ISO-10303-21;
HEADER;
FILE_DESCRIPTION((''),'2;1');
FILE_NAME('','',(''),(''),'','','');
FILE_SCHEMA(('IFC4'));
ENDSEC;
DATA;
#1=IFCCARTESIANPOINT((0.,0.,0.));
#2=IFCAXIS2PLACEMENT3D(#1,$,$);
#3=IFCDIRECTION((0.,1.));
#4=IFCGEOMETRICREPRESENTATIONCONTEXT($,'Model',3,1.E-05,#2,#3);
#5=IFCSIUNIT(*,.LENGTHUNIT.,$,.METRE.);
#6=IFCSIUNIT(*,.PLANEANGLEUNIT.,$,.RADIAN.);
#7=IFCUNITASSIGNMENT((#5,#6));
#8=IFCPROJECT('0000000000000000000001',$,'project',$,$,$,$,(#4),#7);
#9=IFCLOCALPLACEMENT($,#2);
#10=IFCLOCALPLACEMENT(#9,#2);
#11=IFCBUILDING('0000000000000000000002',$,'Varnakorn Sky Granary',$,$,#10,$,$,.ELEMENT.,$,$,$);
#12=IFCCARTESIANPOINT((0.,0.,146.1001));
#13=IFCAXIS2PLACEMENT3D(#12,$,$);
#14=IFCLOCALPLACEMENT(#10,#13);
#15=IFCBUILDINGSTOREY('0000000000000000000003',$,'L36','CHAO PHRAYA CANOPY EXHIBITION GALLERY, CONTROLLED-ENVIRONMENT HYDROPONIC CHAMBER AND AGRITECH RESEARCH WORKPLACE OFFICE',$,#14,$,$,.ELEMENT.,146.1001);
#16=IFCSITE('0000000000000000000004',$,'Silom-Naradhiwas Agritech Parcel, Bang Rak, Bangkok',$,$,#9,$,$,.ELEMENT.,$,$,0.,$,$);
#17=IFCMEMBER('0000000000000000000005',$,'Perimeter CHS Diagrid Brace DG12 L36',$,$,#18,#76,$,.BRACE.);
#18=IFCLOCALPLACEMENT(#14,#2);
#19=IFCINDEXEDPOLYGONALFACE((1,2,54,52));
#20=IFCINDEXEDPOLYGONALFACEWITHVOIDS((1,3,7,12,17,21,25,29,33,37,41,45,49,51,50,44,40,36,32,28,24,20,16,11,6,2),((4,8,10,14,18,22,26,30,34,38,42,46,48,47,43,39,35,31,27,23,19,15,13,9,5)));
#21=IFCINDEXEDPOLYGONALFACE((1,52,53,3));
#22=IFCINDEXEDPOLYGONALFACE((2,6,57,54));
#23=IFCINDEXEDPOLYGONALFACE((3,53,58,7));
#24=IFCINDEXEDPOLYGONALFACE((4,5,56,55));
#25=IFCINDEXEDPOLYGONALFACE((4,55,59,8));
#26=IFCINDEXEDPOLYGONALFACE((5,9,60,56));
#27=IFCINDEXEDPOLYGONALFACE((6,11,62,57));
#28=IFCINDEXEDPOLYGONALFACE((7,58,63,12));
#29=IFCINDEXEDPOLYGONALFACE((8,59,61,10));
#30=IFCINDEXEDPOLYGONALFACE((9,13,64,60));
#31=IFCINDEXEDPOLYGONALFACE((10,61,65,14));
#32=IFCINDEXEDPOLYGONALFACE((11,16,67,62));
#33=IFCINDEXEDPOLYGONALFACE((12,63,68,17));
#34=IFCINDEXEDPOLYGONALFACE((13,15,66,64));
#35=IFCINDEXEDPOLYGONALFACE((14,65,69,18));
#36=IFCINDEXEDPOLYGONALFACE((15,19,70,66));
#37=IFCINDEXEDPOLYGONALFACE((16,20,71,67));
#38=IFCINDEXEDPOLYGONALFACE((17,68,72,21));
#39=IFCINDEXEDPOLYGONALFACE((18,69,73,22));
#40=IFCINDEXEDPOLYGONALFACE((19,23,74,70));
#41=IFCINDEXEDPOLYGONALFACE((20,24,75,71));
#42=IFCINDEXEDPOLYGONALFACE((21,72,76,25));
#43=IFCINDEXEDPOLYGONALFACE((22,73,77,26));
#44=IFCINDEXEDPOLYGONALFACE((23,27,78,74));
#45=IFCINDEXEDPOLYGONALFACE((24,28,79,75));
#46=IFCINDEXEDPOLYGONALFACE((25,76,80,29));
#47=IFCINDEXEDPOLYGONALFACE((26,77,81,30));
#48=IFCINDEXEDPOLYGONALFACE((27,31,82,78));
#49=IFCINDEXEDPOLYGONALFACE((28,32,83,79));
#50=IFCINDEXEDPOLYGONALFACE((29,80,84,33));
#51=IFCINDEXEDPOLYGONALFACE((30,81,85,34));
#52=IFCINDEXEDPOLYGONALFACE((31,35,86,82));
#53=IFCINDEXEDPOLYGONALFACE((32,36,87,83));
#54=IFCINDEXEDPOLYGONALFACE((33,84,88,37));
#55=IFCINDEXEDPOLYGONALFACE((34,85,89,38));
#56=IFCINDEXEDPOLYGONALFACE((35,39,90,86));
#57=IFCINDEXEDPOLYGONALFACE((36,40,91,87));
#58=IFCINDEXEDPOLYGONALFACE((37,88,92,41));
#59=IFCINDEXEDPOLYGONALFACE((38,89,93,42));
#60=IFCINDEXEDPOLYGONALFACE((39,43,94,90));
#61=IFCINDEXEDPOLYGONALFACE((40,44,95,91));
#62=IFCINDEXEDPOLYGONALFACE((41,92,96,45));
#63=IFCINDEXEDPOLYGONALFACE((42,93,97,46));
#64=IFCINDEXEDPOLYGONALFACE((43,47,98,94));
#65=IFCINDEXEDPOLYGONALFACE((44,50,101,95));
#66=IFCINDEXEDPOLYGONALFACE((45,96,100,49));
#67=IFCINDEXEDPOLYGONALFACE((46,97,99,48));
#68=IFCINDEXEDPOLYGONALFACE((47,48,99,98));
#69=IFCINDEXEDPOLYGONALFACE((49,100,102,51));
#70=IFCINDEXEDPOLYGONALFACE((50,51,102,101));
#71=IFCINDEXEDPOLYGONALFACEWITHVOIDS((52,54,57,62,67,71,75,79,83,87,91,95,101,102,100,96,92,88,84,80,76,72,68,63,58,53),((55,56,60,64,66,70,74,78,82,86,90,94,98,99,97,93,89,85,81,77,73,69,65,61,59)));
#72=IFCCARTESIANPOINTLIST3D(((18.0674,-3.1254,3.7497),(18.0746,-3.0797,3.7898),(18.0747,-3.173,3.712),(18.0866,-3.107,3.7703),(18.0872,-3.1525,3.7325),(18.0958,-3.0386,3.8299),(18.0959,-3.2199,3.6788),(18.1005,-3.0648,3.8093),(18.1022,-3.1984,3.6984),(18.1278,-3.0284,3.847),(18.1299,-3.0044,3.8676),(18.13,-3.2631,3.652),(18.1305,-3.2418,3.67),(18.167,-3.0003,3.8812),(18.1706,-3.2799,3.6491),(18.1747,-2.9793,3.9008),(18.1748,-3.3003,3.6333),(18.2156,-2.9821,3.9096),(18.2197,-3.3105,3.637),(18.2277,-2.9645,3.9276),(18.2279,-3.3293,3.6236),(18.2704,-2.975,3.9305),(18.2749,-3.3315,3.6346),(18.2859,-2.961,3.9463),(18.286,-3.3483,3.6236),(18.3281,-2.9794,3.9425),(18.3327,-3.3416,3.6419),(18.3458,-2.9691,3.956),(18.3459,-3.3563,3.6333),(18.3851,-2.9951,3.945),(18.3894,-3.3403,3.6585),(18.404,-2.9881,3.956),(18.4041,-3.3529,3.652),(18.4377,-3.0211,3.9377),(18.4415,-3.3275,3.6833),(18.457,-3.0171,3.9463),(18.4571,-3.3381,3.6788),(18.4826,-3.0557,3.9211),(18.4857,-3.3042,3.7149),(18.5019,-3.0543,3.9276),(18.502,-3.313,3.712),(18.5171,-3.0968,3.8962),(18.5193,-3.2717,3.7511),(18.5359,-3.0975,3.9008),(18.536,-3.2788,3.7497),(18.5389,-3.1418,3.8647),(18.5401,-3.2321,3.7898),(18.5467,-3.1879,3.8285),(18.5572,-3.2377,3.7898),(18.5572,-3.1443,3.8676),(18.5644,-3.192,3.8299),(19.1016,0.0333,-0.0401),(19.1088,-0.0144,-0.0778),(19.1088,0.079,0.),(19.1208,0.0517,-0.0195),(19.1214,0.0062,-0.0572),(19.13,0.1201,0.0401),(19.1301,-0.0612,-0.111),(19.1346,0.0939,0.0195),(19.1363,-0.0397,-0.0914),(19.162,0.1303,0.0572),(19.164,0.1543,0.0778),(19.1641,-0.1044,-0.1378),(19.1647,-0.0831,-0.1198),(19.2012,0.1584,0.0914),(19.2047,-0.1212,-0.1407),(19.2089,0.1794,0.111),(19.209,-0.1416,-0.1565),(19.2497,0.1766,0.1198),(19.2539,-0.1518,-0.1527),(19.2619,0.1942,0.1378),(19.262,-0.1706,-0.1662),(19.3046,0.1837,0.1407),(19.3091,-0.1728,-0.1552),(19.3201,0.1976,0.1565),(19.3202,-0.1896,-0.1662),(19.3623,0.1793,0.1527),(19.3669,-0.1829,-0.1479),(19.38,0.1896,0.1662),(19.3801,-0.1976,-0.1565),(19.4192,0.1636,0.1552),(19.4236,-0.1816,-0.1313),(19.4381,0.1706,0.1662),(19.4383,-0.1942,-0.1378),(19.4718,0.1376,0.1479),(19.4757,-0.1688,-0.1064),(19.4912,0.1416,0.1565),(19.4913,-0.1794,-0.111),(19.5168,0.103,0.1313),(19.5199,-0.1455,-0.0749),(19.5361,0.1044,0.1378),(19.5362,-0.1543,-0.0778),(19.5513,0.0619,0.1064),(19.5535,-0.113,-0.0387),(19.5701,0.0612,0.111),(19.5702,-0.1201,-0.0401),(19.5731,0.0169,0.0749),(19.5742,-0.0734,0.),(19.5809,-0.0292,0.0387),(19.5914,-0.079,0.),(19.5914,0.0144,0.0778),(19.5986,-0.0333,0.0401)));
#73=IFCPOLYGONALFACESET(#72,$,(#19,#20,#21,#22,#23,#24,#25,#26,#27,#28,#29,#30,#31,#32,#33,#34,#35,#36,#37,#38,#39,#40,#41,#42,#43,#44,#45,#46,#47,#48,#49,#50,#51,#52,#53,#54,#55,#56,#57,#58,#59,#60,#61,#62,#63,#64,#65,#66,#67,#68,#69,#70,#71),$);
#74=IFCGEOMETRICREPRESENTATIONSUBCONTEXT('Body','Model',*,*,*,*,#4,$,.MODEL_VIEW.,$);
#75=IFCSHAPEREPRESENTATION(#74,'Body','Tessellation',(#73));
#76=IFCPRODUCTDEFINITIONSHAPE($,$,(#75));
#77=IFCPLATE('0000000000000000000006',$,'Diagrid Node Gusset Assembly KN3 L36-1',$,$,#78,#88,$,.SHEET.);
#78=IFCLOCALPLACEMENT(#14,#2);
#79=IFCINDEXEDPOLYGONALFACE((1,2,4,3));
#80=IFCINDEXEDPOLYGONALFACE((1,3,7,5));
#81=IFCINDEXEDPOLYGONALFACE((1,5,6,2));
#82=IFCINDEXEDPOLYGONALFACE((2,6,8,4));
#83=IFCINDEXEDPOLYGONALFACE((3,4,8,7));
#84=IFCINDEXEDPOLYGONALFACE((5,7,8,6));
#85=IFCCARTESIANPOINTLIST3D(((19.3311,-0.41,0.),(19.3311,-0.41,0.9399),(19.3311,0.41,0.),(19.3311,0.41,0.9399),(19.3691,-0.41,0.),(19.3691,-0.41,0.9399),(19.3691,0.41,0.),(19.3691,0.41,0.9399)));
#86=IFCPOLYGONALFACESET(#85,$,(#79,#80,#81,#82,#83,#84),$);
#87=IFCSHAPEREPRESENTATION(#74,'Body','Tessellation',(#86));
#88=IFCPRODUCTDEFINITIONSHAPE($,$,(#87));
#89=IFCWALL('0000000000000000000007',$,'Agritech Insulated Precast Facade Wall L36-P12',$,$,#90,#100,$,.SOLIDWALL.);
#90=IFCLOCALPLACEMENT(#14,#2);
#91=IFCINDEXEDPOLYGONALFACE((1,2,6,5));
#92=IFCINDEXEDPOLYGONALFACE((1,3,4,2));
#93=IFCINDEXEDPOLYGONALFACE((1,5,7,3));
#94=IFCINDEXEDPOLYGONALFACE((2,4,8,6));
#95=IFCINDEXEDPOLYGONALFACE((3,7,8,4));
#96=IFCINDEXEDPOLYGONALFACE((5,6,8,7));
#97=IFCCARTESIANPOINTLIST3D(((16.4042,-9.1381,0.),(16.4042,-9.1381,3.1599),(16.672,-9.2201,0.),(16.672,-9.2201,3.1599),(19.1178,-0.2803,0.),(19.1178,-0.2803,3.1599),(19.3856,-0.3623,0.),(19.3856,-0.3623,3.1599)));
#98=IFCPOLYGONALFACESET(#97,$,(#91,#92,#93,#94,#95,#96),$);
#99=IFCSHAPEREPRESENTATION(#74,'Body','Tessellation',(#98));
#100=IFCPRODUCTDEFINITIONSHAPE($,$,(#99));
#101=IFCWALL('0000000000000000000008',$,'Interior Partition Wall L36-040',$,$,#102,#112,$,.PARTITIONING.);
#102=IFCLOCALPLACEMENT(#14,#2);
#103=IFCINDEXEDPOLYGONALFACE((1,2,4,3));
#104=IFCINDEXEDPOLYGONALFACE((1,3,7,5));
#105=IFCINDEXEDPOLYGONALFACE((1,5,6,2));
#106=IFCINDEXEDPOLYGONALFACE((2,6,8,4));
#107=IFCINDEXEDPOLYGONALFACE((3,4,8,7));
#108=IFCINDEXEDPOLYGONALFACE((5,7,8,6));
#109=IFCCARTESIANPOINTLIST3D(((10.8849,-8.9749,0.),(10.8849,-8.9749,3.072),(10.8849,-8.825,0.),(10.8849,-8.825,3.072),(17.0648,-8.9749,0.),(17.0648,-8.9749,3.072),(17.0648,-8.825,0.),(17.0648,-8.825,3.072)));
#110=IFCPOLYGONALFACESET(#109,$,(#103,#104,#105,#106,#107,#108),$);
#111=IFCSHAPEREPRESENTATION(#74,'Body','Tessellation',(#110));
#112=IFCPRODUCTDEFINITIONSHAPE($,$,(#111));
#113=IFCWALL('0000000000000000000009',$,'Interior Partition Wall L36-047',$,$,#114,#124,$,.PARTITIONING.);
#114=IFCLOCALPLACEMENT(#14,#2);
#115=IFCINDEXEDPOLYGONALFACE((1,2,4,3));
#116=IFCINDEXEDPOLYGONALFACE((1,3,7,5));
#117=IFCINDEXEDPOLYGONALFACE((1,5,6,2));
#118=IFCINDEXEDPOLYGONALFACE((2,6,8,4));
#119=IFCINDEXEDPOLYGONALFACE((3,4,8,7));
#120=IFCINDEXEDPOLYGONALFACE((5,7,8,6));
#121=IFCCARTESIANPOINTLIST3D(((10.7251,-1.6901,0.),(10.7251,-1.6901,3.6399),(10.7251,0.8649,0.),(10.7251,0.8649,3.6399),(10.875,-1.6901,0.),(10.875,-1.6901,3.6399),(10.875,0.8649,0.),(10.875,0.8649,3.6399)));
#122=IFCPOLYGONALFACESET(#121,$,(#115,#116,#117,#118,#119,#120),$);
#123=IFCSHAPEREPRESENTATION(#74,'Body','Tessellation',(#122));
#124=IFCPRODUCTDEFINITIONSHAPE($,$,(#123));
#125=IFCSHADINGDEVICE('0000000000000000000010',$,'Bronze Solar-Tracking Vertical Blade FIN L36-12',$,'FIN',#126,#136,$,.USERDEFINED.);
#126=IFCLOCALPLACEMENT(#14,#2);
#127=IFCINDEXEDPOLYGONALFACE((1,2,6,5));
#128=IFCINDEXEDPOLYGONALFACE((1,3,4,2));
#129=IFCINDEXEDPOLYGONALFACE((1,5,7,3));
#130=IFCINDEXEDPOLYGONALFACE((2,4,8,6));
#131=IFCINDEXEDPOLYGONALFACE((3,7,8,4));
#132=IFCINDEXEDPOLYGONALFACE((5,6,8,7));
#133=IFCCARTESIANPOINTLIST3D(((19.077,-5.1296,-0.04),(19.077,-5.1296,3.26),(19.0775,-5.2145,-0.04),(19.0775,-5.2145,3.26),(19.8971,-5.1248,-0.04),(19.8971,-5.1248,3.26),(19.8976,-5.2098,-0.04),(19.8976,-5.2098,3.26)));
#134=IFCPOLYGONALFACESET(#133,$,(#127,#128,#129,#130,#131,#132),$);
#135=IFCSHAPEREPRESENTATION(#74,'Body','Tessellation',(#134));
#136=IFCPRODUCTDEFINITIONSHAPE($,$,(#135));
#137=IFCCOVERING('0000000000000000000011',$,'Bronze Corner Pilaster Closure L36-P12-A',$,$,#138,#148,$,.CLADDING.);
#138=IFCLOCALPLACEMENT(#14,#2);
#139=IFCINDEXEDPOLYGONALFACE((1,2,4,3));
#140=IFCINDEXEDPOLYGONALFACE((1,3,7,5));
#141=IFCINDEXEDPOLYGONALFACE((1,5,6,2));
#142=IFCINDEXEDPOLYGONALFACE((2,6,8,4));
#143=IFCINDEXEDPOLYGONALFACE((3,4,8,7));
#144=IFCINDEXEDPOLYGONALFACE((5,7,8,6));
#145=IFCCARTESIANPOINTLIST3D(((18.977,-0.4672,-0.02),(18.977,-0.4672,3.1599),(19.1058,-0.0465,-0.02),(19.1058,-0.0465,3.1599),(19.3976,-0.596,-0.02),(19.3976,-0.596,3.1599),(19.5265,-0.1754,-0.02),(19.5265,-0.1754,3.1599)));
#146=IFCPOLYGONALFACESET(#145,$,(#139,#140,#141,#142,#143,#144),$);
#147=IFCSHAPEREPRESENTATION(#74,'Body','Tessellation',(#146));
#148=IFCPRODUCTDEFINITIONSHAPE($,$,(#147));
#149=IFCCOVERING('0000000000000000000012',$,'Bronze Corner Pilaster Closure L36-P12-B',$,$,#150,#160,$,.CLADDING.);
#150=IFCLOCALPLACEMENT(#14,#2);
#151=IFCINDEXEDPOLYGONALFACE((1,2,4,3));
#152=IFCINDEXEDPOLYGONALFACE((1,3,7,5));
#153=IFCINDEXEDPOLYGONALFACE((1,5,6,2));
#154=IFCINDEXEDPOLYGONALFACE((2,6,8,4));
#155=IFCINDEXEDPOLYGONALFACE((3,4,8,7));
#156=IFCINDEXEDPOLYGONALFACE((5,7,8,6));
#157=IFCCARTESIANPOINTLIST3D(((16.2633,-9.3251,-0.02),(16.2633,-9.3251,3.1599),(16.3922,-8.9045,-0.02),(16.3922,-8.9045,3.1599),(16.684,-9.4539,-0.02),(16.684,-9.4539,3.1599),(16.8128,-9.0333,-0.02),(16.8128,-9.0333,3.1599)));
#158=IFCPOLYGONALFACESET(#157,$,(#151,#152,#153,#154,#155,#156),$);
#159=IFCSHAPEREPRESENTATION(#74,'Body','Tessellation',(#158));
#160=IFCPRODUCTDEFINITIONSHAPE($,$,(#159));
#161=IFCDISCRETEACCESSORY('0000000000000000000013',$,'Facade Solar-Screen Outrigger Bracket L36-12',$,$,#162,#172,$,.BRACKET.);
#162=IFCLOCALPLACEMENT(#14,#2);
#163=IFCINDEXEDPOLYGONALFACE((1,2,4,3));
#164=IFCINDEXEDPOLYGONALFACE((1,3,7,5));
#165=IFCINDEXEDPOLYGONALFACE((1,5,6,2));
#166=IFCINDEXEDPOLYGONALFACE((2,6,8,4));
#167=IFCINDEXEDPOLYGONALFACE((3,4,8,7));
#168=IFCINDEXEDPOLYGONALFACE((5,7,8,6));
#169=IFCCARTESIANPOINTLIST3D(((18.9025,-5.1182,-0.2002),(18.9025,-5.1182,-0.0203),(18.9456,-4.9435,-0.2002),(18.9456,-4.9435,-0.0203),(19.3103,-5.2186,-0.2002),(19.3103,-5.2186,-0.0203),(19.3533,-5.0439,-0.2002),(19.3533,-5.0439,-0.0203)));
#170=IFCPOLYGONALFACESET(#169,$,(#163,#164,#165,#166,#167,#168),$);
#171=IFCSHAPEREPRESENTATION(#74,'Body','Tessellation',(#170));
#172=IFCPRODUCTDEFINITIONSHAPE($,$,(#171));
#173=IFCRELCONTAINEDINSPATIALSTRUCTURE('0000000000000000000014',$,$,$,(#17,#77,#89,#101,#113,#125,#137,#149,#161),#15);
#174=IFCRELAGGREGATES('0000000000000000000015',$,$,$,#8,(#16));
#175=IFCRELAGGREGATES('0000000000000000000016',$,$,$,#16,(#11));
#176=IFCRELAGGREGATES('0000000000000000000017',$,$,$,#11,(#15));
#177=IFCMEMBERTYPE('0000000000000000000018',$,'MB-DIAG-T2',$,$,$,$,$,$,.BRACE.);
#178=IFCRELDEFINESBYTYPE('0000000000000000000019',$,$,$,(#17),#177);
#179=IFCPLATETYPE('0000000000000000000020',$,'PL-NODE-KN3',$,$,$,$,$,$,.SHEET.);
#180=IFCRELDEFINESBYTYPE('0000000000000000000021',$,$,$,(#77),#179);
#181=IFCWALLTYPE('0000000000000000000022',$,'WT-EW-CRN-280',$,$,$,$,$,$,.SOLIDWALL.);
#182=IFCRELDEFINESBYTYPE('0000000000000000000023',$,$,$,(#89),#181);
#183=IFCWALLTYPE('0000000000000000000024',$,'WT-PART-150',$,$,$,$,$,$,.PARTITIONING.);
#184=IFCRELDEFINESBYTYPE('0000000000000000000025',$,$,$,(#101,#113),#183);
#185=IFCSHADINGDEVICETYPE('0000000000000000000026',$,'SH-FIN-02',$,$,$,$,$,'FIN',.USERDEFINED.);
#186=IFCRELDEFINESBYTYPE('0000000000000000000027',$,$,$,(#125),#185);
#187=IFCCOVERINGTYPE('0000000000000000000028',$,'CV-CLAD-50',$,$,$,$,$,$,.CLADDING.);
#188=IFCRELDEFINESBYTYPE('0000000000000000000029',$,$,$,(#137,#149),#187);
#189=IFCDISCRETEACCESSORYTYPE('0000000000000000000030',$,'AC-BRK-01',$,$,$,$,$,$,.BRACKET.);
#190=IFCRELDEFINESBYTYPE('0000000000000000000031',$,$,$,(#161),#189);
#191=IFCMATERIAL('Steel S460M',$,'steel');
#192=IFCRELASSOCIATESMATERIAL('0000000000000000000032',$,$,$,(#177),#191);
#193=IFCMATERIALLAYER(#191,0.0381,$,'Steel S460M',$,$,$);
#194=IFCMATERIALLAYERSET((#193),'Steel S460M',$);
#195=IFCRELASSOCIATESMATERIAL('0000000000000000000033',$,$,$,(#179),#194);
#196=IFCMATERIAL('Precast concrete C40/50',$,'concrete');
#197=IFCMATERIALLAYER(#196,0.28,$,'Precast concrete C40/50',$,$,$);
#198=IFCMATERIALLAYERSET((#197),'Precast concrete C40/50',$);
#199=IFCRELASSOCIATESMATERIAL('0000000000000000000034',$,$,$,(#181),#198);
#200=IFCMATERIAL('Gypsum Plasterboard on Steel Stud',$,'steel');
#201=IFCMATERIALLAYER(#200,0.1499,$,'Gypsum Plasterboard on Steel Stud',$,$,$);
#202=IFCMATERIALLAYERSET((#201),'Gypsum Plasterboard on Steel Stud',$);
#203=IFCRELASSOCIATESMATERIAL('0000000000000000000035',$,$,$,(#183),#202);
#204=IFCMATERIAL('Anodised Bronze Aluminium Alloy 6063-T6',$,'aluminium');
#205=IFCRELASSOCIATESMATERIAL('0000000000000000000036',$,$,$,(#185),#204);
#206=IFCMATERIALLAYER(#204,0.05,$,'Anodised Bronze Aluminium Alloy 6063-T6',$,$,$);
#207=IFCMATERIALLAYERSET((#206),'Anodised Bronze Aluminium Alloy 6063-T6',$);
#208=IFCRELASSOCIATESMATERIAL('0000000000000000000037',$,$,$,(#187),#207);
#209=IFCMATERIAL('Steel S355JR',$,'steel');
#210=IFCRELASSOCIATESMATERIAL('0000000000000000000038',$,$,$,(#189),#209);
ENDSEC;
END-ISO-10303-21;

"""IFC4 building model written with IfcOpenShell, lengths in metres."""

from ifc_helpers import new_model, si_unit, direction, frame, frame_2d, origin, origin_2d, place, context, subcontext, project, spatial, rectangle, hollow_circle, extrude, source, transform, mapped, material, layer, layer_set, material_profile, profile_set, type_object, type_shapes, element, save


model = new_model("IFC4")

# Units and contexts
model_context = context("Model", 3, precision=1e-05, world=origin(), true_north=direction((0.0, 1.0)))
body_context = subcontext(model_context, "Body", "Model", "MODEL_VIEW")
ifc_project = project(units=[si_unit("LENGTHUNIT", "METRE"), si_unit("PLANEANGLEUNIT", "RADIAN")], contexts=[model_context])

# Site, building, storey
site_placement = place(None, origin())
site = spatial("IfcSite", under=ifc_project, at=site_placement, Name="Silom-Naradhiwas Agritech Parcel, Bang Rak, Bangkok", CompositionType="ELEMENT", RefElevation=0.0)
building_placement = place(site_placement, origin())
building = spatial("IfcBuilding", under=site, at=building_placement, Name="Varnakorn Sky Granary", CompositionType="ELEMENT")
storey_placement = place(building_placement, frame((0.0, 0.0, 146.1001)))
storey = spatial("IfcBuildingStorey", under=building, at=storey_placement, Name="L36", Description="CHAO PHRAYA CANOPY EXHIBITION GALLERY, CONTROLLED-ENVIRONMENT HYDROPONIC CHAMBER AND AGRITECH RESEARCH WORKPLACE OFFICE", CompositionType="ELEMENT", Elevation=146.1001)

# Shared definitions
ifc_material_1 = material(Name="Steel S460M", Category="steel")

# Shared definitions
ifc_material_2 = material(Name="Steel S355JR", Category="steel")

# Shared definitions
ifc_material_3 = material(Name="Anodised Bronze Aluminium Alloy 6063-T6", Category="aluminium")

# Member
ifc_material_profile_1 = material_profile(ifc_material_1, hollow_circle(Radius=0.2539, WallThickness=0.0181, at=origin_2d()), Name="CHS 508x18")
ifc_profile_set_1 = profile_set([ifc_material_profile_1], Name="Steel S460M")
member_type_1 = type_object("IfcMemberType", Name="MB-DIAG-T2", PredefinedType="BRACE", material=ifc_profile_set_1)
for number, where, z_axis, x_axis, name in (
    (1, (19.3501, 0.0, 0.0), (-0.205163, -0.626628, 0.751828), (0.950359, -0.311155, 0.0), "Perimeter CHS Diagrid Brace DG12 L36"),
):
    element("IfcMember", number, at=place(storey_placement, frame(where, z_axis=z_axis, x_axis=x_axis)), inside=storey, type_object=member_type_1, Name=name, PredefinedType="BRACE", context=body_context, shape_type="SweptSolid", body=[
        extrude(hollow_circle(Radius=0.2539, WallThickness=0.0181, at=origin_2d()), origin(), (0.0, 0.0, 1.0), 5.0408),
    ])

# Plate
ifc_layer_1 = layer(ifc_material_1, 0.0381, Name="Steel S460M")
ifc_layer_set_1 = layer_set([ifc_layer_1], Name="Steel S460M")
plate_type = type_object("IfcPlateType", Name="PL-NODE-KN3", PredefinedType="SHEET", material=ifc_layer_set_1)
plate_placement = place(storey_placement, frame((19.3501, 0.0, 0.0), z_axis=(0.0, 0.0, 1.0), x_axis=(0.0, 1.0, 0.0)))
element("IfcPlate", 2, at=plate_placement, inside=storey, type_object=plate_type, Name="Diagrid Node Gusset Assembly KN3 L36-1", PredefinedType="SHEET", context=body_context, shape_type="SweptSolid", body=[
    extrude(rectangle(XDim=0.8201, YDim=0.0381, at=origin_2d()), origin(), (0.0, 0.0, 1.0), 0.9399),
])

# Walls
ifc_material_4 = material(Name="Precast concrete C40/50", Category="concrete")
ifc_layer_2 = layer(ifc_material_4, 0.28, Name="Precast concrete C40/50")
ifc_layer_set_2 = layer_set([ifc_layer_2], Name="Precast concrete C40/50")
wall_type_1 = type_object("IfcWallType", Name="WT-EW-CRN-280", PredefinedType="SOLIDWALL", material=ifc_layer_set_2)
wall_1_placement = place(storey_placement, frame((19.2517, -0.3213, 0.0), z_axis=(0.0, 0.0, 1.0), x_axis=(-0.292913, -0.956139, 0.0)))
element("IfcWall", 3, at=wall_1_placement, inside=storey, type_object=wall_type_1, Name="Agritech Insulated Precast Facade Wall L36-P12", PredefinedType="SOLIDWALL", context=body_context, shape_type="SweptSolid", body=[
    extrude(rectangle(XDim=9.2642, YDim=0.28, at=frame_2d((4.6321, 0.0))), origin(), (0.0, 0.0, 1.0), 3.1599),
])
ifc_material_5 = material(Name="Gypsum Plasterboard on Steel Stud", Category="steel")
ifc_layer_3 = layer(ifc_material_5, 0.1499, Name="Gypsum Plasterboard on Steel Stud")
ifc_layer_set_3 = layer_set([ifc_layer_3], Name="Gypsum Plasterboard on Steel Stud")
wall_type_2 = type_object("IfcWallType", Name="WT-PART-150", PredefinedType="PARTITIONING", material=ifc_layer_set_3)
wall_2_placement = place(storey_placement, frame((10.885, -8.8999, 0.0), z_axis=(0.0, 0.0, 1.0), x_axis=(1.0, 0.0, 0.0)))
element("IfcWall", 4, at=wall_2_placement, inside=storey, type_object=wall_type_2, Name="Interior Partition Wall L36-040", PredefinedType="PARTITIONING", context=body_context, shape_type="SweptSolid", body=[
    extrude(rectangle(XDim=6.1799, YDim=0.1499, at=frame_2d((3.0898, 0.0))), origin(), (0.0, 0.0, 1.0), 3.072),
])
wall_3_placement = place(storey_placement, frame((10.8, -1.6899, 0.0), z_axis=(0.0, 0.0, 1.0), x_axis=(0.0, 1.0, 0.0)))
element("IfcWall", 5, at=wall_3_placement, inside=storey, type_object=wall_type_2, Name="Interior Partition Wall L36-047", PredefinedType="PARTITIONING", context=body_context, shape_type="SweptSolid", body=[
    extrude(rectangle(XDim=2.5549, YDim=0.1499, at=frame_2d((1.2773, 0.0))), origin(), (0.0, 0.0, 1.0), 3.6399),
])

# Shading device
shading_device_type = type_object("IfcShadingDeviceType", Name="SH-FIN-02", ElementType="FIN", PredefinedType="USERDEFINED", material=ifc_material_3)
shared_shape_1 = source(origin(), body_context, "Body", "SweptSolid", [
    extrude(rectangle(XDim=0.085, YDim=0.8201, at=origin_2d()), origin(), (0.0, 0.0, 1.0), 3.3),
])
type_shapes(shading_device_type, [shared_shape_1])
shading_device_placement = place(storey_placement, frame((19.4873, -5.1697, -0.04), z_axis=(0.0, 0.0, 1.0), x_axis=(-0.005791, 0.999983, 0.0)))
element("IfcShadingDevice", 6, at=shading_device_placement, inside=storey, type_object=shading_device_type, Name="Bronze Solar-Tracking Vertical Blade FIN L36-12", ObjectType="FIN", PredefinedType="USERDEFINED", context=body_context, shape_type="MappedRepresentation", body=[
    mapped(shared_shape_1, transform((0.0, 0.0, 0.0), x_axis=(1.0, 0.0, 0.0), y_axis=(0.0, 1.0, 0.0), z_axis=(0.0, 0.0, 1.0), scale=1.0)),
])

# Coverings
ifc_layer_4 = layer(ifc_material_3, 0.05, Name="Anodised Bronze Aluminium Alloy 6063-T6")
ifc_layer_set_4 = layer_set([ifc_layer_4], Name="Anodised Bronze Aluminium Alloy 6063-T6")
covering_type = type_object("IfcCoveringType", Name="CV-CLAD-50", PredefinedType="CLADDING", material=ifc_layer_set_4)
shared_shape_2 = source(origin(), body_context, "Body", "SweptSolid", [
    extrude(rectangle(XDim=0.4399, YDim=0.4399, at=origin_2d()), origin(), (0.0, 0.0, 1.0), 3.1799),
])
type_shapes(covering_type, [shared_shape_2])
for number, where, z_axis, x_axis, name in (
    (7, (19.2517, -0.3213, -0.02), (0.0, 0.0, 1.0), (-0.292872, -0.956152, 0.0), "Bronze Corner Pilaster Closure L36-P12-A"),
    (8, (16.5381, -9.1792, -0.02), (0.0, 0.0, 1.0), (-0.292872, -0.956152, 0.0), "Bronze Corner Pilaster Closure L36-P12-B"),
):
    element("IfcCovering", number, at=place(storey_placement, frame(where, z_axis=z_axis, x_axis=x_axis)), inside=storey, type_object=covering_type, Name=name, PredefinedType="CLADDING", context=body_context, shape_type="MappedRepresentation", body=[
        mapped(shared_shape_2, transform((0.0, 0.0, 0.0), x_axis=(1.0, 0.0, 0.0), y_axis=(0.0, 1.0, 0.0), z_axis=(0.0, 0.0, 1.0), scale=1.0)),
    ])

# Discrete accessory
discrete_accessory_type = type_object("IfcDiscreteAccessoryType", Name="AC-BRK-01", PredefinedType="BRACKET", material=ifc_material_2)
shared_shape_3 = source(origin(), body_context, "Body", "SweptSolid", [
    extrude(rectangle(XDim=0.1799, YDim=0.4199, at=origin_2d()), origin(), (0.0, 0.0, 1.0), 0.1799),
])
type_shapes(discrete_accessory_type, [shared_shape_3])
discrete_accessory_placement = place(storey_placement, frame((19.1279, -5.0811, -0.2002), z_axis=(0.0, 0.0, 1.0), x_axis=(0.239173, 0.970977, 0.0)))
element("IfcDiscreteAccessory", 9, at=discrete_accessory_placement, inside=storey, type_object=discrete_accessory_type, Name="Facade Solar-Screen Outrigger Bracket L36-12", PredefinedType="BRACKET", context=body_context, shape_type="MappedRepresentation", body=[
    mapped(shared_shape_3, transform((0.0, 0.0, 0.0), x_axis=(1.0, 0.0, 0.0), y_axis=(0.0, 1.0, 0.0), z_axis=(0.0, 0.0, 1.0), scale=1.0)),
])

save(model, "model.ifc")
